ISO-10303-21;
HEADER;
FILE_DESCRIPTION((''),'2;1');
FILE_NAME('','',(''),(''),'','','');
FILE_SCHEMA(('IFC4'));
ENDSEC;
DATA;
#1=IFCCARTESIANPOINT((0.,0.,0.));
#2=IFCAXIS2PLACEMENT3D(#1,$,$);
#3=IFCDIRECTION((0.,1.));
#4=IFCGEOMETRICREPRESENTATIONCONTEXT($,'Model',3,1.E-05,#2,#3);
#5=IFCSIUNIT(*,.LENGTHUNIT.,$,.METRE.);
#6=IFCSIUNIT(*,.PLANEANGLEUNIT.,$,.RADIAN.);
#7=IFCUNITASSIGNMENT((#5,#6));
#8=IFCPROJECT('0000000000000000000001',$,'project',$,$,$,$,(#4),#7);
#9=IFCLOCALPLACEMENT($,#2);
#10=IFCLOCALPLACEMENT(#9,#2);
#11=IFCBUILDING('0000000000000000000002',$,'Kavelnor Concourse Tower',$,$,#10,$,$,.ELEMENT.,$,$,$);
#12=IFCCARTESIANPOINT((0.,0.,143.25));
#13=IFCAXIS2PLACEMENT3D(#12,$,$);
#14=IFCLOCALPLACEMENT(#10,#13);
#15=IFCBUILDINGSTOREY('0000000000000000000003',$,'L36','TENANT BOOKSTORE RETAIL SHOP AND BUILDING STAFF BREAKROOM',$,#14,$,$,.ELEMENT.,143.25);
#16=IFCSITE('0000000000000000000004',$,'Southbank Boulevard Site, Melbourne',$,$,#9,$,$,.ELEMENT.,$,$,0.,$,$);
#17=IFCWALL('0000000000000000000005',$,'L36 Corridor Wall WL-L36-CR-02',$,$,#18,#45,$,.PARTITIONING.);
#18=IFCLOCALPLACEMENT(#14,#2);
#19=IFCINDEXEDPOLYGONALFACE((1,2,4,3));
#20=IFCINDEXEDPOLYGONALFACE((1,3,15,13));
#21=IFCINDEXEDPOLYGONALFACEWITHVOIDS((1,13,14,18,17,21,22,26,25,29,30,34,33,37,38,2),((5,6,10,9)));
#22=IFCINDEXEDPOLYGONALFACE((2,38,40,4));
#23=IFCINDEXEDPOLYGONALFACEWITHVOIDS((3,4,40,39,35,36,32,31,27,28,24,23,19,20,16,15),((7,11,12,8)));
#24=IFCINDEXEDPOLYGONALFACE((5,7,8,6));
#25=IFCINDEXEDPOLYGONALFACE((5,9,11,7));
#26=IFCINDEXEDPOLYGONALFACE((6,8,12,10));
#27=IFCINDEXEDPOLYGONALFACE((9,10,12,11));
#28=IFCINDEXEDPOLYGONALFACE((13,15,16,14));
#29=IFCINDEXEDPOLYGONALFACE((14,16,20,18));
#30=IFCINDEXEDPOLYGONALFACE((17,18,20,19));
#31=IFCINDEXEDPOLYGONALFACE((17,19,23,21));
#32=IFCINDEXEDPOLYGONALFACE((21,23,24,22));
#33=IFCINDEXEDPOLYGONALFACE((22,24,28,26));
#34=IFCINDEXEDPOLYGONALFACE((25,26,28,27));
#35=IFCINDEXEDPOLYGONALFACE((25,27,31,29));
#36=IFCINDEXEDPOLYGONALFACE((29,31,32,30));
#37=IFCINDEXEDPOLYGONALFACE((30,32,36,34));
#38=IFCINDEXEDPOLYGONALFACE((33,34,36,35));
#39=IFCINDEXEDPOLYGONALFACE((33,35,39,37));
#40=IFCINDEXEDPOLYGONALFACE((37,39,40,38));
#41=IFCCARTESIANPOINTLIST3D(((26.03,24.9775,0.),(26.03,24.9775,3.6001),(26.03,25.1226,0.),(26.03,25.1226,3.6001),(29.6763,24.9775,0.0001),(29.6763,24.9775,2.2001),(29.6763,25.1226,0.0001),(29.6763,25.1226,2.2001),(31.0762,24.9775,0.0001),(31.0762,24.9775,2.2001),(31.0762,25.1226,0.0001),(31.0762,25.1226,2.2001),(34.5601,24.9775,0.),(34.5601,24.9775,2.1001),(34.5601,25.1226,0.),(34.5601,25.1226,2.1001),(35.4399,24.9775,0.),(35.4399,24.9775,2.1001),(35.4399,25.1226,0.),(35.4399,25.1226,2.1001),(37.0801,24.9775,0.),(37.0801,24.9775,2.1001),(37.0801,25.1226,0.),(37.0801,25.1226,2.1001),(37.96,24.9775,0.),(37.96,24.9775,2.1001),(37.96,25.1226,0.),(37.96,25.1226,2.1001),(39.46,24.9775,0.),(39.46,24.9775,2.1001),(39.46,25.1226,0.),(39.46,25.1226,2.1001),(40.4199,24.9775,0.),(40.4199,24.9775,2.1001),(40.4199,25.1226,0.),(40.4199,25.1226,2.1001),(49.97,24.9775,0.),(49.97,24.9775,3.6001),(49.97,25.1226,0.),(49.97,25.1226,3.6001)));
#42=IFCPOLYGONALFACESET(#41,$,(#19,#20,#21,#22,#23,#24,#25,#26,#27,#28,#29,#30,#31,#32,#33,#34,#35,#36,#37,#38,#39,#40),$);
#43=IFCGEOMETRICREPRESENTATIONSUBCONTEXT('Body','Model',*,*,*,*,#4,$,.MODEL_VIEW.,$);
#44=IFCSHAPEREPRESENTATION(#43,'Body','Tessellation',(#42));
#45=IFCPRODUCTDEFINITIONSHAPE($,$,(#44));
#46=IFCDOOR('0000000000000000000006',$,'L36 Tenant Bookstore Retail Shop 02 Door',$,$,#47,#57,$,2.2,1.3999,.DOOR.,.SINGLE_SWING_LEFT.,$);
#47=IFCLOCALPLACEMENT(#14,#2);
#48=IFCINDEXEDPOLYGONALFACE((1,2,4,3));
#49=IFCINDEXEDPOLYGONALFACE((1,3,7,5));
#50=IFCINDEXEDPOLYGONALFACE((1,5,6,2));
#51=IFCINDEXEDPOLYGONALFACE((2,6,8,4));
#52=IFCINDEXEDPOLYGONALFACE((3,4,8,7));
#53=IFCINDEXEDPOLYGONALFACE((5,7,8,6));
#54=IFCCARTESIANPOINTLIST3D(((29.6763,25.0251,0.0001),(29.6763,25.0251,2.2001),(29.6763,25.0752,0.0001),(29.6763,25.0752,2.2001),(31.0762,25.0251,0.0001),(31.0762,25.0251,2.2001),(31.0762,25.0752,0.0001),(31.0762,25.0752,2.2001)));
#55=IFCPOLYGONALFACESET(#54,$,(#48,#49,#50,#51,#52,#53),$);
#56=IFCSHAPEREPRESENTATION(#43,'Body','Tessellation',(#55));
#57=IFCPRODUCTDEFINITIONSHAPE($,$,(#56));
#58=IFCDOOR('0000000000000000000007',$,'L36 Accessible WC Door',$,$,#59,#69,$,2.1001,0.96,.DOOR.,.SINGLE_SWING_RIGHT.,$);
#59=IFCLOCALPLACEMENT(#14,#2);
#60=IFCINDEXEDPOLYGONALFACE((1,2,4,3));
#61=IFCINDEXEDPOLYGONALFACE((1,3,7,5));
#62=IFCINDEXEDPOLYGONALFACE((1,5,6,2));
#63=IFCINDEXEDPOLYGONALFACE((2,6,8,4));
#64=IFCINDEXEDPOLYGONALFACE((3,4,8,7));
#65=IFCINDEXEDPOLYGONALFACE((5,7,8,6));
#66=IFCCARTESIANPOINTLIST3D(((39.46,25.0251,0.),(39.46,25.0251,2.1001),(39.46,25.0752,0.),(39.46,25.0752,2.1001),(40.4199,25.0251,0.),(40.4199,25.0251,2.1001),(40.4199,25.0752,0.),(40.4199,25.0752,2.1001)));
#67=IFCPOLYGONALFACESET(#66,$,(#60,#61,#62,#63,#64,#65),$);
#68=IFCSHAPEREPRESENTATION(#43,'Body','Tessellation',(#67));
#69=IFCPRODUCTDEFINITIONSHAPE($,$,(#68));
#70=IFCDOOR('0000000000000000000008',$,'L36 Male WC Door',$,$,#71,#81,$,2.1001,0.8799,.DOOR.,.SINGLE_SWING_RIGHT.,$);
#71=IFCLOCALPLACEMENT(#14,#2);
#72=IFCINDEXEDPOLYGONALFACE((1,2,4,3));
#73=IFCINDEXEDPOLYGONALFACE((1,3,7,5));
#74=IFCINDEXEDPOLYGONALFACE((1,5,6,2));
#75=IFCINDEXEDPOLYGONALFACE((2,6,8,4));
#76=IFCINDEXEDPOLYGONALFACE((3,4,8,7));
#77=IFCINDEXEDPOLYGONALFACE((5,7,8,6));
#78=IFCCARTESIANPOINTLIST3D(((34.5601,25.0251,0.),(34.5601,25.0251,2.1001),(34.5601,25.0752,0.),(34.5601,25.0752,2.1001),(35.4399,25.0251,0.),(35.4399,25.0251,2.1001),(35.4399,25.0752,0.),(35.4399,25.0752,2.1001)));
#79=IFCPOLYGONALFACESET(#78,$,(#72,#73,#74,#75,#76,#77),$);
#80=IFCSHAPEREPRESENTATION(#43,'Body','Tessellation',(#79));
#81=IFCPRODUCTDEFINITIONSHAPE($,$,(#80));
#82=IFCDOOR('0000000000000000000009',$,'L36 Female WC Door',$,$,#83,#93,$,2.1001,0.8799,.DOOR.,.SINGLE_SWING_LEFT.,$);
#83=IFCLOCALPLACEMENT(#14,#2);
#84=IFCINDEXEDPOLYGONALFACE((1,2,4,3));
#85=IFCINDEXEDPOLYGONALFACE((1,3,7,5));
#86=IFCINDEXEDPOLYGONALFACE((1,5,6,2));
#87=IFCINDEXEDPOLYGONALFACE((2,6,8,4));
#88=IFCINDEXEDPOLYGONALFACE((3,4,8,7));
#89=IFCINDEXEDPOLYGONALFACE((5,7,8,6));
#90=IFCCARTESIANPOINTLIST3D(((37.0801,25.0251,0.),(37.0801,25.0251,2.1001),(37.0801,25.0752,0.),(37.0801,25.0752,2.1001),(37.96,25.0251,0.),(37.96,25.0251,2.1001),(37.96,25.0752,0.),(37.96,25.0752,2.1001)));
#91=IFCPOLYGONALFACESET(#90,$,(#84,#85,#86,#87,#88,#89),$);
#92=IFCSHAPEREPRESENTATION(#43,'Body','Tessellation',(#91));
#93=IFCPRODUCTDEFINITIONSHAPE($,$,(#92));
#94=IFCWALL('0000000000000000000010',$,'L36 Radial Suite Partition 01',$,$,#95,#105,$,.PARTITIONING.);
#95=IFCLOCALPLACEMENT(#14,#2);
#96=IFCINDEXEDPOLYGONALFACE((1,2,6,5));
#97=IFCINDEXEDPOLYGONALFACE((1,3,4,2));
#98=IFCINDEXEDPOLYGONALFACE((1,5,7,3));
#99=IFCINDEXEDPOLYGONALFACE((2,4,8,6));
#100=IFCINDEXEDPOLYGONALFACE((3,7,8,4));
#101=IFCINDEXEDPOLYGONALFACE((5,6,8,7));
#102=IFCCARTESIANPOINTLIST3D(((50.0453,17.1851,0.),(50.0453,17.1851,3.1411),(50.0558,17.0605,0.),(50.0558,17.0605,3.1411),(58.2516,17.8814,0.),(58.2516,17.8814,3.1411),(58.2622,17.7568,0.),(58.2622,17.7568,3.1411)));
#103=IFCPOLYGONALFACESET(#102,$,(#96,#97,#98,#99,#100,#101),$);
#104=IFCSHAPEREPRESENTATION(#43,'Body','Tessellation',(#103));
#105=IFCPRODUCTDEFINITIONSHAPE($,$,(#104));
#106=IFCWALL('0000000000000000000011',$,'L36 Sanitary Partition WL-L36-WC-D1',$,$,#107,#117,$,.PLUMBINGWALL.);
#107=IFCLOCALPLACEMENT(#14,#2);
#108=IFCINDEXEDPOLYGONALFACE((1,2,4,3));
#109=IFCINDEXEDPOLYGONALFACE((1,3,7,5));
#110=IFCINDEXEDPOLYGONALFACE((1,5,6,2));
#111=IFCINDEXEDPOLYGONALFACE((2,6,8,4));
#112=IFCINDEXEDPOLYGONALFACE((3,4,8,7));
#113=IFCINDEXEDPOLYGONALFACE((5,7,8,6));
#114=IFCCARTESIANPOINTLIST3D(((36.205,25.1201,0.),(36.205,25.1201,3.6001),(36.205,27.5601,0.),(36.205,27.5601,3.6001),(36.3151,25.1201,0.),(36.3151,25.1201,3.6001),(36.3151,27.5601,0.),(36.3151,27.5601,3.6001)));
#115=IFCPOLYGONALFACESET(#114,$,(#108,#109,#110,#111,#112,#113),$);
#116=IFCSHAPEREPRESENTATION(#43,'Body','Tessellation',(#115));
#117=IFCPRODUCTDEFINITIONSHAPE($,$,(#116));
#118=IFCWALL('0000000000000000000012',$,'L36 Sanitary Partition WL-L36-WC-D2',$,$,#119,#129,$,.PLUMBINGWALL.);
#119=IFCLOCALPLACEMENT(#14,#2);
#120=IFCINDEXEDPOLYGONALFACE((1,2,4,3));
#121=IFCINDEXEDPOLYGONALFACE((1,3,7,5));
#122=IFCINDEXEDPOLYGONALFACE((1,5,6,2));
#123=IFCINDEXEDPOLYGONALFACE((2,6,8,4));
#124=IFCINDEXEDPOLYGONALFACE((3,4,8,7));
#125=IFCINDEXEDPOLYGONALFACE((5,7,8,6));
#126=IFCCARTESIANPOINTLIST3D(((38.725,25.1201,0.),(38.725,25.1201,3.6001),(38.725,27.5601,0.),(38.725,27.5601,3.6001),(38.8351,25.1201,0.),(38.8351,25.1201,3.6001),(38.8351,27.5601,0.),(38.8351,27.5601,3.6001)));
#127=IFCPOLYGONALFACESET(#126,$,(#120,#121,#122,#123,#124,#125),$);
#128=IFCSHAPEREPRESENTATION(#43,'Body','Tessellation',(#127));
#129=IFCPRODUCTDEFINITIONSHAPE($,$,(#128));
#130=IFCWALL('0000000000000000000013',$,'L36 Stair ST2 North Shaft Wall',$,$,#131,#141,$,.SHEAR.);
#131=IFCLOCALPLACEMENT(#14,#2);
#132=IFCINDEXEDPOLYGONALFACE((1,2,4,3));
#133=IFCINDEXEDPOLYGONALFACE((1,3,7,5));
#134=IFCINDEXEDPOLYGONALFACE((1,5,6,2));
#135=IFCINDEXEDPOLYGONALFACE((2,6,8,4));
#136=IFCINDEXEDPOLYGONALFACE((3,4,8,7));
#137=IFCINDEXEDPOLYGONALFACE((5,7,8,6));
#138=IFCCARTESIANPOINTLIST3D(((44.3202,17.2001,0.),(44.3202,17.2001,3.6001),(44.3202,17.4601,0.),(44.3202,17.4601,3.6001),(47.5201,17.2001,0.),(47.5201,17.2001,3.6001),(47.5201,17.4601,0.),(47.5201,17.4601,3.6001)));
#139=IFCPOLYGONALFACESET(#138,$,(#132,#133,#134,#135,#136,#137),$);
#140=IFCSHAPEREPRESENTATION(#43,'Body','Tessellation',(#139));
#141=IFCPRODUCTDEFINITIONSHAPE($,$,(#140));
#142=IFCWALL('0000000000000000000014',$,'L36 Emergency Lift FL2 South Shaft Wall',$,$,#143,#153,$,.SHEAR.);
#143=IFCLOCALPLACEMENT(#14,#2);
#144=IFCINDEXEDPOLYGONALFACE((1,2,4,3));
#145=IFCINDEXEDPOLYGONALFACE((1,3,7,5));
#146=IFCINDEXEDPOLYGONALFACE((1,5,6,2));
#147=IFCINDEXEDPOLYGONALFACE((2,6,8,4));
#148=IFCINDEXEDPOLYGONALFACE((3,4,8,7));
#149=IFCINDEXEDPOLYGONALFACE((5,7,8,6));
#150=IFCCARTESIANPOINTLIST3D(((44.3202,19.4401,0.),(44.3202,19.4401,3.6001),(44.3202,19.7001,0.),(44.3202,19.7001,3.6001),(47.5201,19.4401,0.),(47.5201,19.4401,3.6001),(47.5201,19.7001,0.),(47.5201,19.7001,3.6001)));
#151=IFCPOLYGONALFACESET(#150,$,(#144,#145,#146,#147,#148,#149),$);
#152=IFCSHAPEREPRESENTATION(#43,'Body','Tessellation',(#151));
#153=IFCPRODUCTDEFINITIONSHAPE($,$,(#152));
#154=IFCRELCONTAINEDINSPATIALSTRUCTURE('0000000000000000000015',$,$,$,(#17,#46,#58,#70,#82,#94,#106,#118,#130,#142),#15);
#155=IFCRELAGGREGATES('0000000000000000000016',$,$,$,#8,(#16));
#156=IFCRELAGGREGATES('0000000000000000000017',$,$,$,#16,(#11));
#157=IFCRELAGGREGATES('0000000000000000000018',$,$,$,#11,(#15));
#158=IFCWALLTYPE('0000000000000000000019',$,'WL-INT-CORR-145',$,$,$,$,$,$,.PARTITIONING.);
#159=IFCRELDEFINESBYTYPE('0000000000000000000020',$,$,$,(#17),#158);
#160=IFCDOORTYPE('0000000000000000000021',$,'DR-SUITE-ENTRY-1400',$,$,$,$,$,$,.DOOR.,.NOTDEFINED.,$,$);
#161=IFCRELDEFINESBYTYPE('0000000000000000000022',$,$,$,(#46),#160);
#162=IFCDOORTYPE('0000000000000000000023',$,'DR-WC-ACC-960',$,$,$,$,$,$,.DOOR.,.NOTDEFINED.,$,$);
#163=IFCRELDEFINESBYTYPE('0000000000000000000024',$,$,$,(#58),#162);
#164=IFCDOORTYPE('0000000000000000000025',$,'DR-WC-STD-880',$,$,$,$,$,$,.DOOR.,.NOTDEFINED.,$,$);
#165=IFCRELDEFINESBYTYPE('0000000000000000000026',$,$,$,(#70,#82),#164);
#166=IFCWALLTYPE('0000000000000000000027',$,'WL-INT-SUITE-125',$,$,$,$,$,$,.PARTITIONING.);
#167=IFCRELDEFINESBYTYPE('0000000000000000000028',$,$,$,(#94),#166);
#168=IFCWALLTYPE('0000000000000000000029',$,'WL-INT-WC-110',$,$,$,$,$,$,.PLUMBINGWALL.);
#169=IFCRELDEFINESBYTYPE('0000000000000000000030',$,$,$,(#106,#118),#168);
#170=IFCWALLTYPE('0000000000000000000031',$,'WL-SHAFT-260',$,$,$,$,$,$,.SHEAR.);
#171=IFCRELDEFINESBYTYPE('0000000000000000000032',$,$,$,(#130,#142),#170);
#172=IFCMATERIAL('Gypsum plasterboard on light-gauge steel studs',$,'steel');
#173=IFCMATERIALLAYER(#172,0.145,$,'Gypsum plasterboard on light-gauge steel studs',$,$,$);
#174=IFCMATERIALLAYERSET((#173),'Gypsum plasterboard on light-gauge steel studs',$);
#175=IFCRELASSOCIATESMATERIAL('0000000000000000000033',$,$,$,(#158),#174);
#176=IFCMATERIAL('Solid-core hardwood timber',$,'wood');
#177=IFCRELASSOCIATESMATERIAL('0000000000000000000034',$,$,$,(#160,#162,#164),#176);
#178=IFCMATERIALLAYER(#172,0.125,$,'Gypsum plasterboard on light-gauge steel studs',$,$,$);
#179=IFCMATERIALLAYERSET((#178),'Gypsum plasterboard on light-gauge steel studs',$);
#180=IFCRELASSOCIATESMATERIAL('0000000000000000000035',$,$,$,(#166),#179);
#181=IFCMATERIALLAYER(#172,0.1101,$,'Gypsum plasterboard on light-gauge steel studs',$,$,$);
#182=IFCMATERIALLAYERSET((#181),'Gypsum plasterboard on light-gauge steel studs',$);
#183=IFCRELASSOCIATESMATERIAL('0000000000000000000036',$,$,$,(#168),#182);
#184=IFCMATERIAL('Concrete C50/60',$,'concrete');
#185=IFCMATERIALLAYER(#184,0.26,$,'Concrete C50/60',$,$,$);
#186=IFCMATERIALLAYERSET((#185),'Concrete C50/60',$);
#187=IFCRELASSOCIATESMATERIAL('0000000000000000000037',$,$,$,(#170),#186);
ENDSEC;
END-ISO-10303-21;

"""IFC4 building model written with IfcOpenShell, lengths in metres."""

from ifc_helpers import new_model, si_unit, direction, frame, frame_2d, origin, place, context, subcontext, project, spatial, rectangle, extrude, material, layer, layer_set, type_object, element, fill, save


model = new_model("IFC4")

# Units and contexts
model_context = context("Model", 3, precision=1e-05, world=origin(), true_north=direction((0.0, 1.0)))
body_context = subcontext(model_context, "Body", "Model", "MODEL_VIEW")
ifc_project = project(units=[si_unit("LENGTHUNIT", "METRE"), si_unit("PLANEANGLEUNIT", "RADIAN")], contexts=[model_context])

# Site, building, storey
site_placement = place(None, origin())
site = spatial("IfcSite", under=ifc_project, at=site_placement, Name="Southbank Boulevard Site, Melbourne", CompositionType="ELEMENT", RefElevation=0.0)
building_placement = place(site_placement, origin())
building = spatial("IfcBuilding", under=site, at=building_placement, Name="Kavelnor Concourse Tower", CompositionType="ELEMENT")
storey_placement = place(building_placement, frame((0.0, 0.0, 143.25)))
storey = spatial("IfcBuildingStorey", under=building, at=storey_placement, Name="L36", Description="TENANT BOOKSTORE RETAIL SHOP AND BUILDING STAFF BREAKROOM", CompositionType="ELEMENT", Elevation=143.25)

# Wall, openings, doors
ifc_material_1 = material(Name="Gypsum plasterboard on light-gauge steel studs", Category="steel")
ifc_layer_1 = layer(ifc_material_1, 0.145, Name="Gypsum plasterboard on light-gauge steel studs")
ifc_layer_set_1 = layer_set([ifc_layer_1], Name="Gypsum plasterboard on light-gauge steel studs")
wall_type_1 = type_object("IfcWallType", Name="WL-INT-CORR-145", PredefinedType="PARTITIONING", material=ifc_layer_set_1)
wall_1_placement = place(storey_placement, frame((49.97, 25.05, 0.0), z_axis=(0.0, 0.0, 1.0), x_axis=(-1.0, 0.0, 0.0)))
wall_1 = element("IfcWall", 1, at=wall_1_placement, inside=storey, type_object=wall_type_1, Name="L36 Corridor Wall WL-L36-CR-02", PredefinedType="PARTITIONING", context=body_context, shape_type="SweptSolid", body=[
    extrude(rectangle(XDim=23.9399, YDim=0.145, at=frame_2d((11.97, 0.0))), origin(), (0.0, 0.0, 1.0), 3.6001),
])
opening_1_placement = place(wall_1_placement, frame((14.53, 0.0, 0.0)))
opening_1 = element("IfcOpeningElement", 2, at=opening_1_placement, cuts=wall_1, PredefinedType="OPENING", context=body_context, shape_type="SweptSolid", body=[
    extrude(rectangle(XDim=0.8799, YDim=2.1001, at=frame_2d((0.4399, 1.05))), frame((0.0, 0.0825, 0.0), z_axis=(0.0, -1.0, 0.0), x_axis=(1.0, 0.0, 0.0)), (0.0, 0.0, 1.0), 0.165),
])
opening_2_placement = place(wall_1_placement, frame((12.01, 0.0, 0.0)))
opening_2 = element("IfcOpeningElement", 3, at=opening_2_placement, cuts=wall_1, PredefinedType="OPENING", context=body_context, shape_type="SweptSolid", body=[
    extrude(rectangle(XDim=0.8799, YDim=2.1001, at=frame_2d((0.4399, 1.05))), frame((0.0, 0.0825, 0.0), z_axis=(0.0, -1.0, 0.0), x_axis=(1.0, 0.0, 0.0)), (0.0, 0.0, 1.0), 0.165),
])
opening_3_placement = place(wall_1_placement, frame((9.55, 0.0, 0.0)))
opening_3 = element("IfcOpeningElement", 4, at=opening_3_placement, cuts=wall_1, PredefinedType="OPENING", context=body_context, shape_type="SweptSolid", body=[
    extrude(rectangle(XDim=0.96, YDim=2.1001, at=frame_2d((0.48, 1.05))), frame((0.0, 0.0825, 0.0), z_axis=(0.0, -1.0, 0.0), x_axis=(1.0, 0.0, 0.0)), (0.0, 0.0, 1.0), 0.165),
])
opening_4_placement = place(wall_1_placement, frame((18.8938, 0.0, 0.0)))
opening_4 = element("IfcOpeningElement", 5, at=opening_4_placement, cuts=wall_1, PredefinedType="OPENING", context=body_context, shape_type="SweptSolid", body=[
    extrude(rectangle(XDim=1.3999, YDim=2.2, at=frame_2d((0.7, 1.1001))), frame((0.0, 0.0825, 0.0), z_axis=(0.0, -1.0, 0.0), x_axis=(1.0, 0.0, 0.0)), (0.0, 0.0, 1.0), 0.165),
])
ifc_material_2 = material(Name="Solid-core hardwood timber", Category="wood")
door_type_1 = type_object("IfcDoorType", Name="DR-SUITE-ENTRY-1400", OperationType="NOTDEFINED", PredefinedType="DOOR", material=ifc_material_2)
door_1_placement = place(opening_4_placement, origin())
door_1 = element("IfcDoor", 6, at=door_1_placement, inside=storey, type_object=door_type_1, Name="L36 Tenant Bookstore Retail Shop 02 Door", OperationType="SINGLE_SWING_LEFT", OverallHeight=2.2, OverallWidth=1.3999, PredefinedType="DOOR", context=body_context, shape_type="SweptSolid", body=[
    extrude(rectangle(XDim=1.3999, YDim=2.2, at=frame_2d((0.7, 1.1001))), frame((0.0, 0.0249, 0.0), z_axis=(0.0, -1.0, 0.0), x_axis=(1.0, 0.0, 0.0)), (0.0, 0.0, 1.0), 0.05),
])
fill(opening_4, door_1)
door_type_2 = type_object("IfcDoorType", Name="DR-WC-ACC-960", OperationType="NOTDEFINED", PredefinedType="DOOR", material=ifc_material_2)
door_2_placement = place(opening_3_placement, origin())
door_2 = element("IfcDoor", 7, at=door_2_placement, inside=storey, type_object=door_type_2, Name="L36 Accessible WC Door", OperationType="SINGLE_SWING_RIGHT", OverallHeight=2.1001, OverallWidth=0.96, PredefinedType="DOOR", context=body_context, shape_type="SweptSolid", body=[
    extrude(rectangle(XDim=0.96, YDim=2.1001, at=frame_2d((0.48, 1.05))), frame((0.0, 0.0249, 0.0), z_axis=(0.0, -1.0, 0.0), x_axis=(1.0, 0.0, 0.0)), (0.0, 0.0, 1.0), 0.05),
])
fill(opening_3, door_2)
door_type_3 = type_object("IfcDoorType", Name="DR-WC-STD-880", OperationType="NOTDEFINED", PredefinedType="DOOR", material=ifc_material_2)
door_3_placement = place(opening_1_placement, origin())
door_3 = element("IfcDoor", 8, at=door_3_placement, inside=storey, type_object=door_type_3, Name="L36 Male WC Door", OperationType="SINGLE_SWING_RIGHT", OverallHeight=2.1001, OverallWidth=0.8799, PredefinedType="DOOR", context=body_context, shape_type="SweptSolid", body=[
    extrude(rectangle(XDim=0.8799, YDim=2.1001, at=frame_2d((0.4399, 1.05))), frame((0.0, 0.0249, 0.0), z_axis=(0.0, -1.0, 0.0), x_axis=(1.0, 0.0, 0.0)), (0.0, 0.0, 1.0), 0.05),
])
fill(opening_1, door_3)
door_4_placement = place(opening_2_placement, origin())
door_4 = element("IfcDoor", 9, at=door_4_placement, inside=storey, type_object=door_type_3, Name="L36 Female WC Door", OperationType="SINGLE_SWING_LEFT", OverallHeight=2.1001, OverallWidth=0.8799, PredefinedType="DOOR", context=body_context, shape_type="SweptSolid", body=[
    extrude(rectangle(XDim=0.8799, YDim=2.1001, at=frame_2d((0.4399, 1.05))), frame((0.0, 0.0249, 0.0), z_axis=(0.0, -1.0, 0.0), x_axis=(1.0, 0.0, 0.0)), (0.0, 0.0, 1.0), 0.05),
])
fill(opening_2, door_4)

# Walls
ifc_layer_2 = layer(ifc_material_1, 0.125, Name="Gypsum plasterboard on light-gauge steel studs")
ifc_layer_set_2 = layer_set([ifc_layer_2], Name="Gypsum plasterboard on light-gauge steel studs")
wall_type_2 = type_object("IfcWallType", Name="WL-INT-SUITE-125", PredefinedType="PARTITIONING", material=ifc_layer_set_2)
wall_2_placement = place(storey_placement, frame((50.0505, 17.1228, 0.0), z_axis=(0.0, 0.0, 1.0), x_axis=(0.99642, 0.084544, 0.0)))
element("IfcWall", 10, at=wall_2_placement, inside=storey, type_object=wall_type_2, Name="L36 Radial Suite Partition 01", PredefinedType="PARTITIONING", context=body_context, shape_type="SweptSolid", body=[
    extrude(rectangle(XDim=8.2358, YDim=0.125, at=frame_2d((4.1179, 0.0))), origin(), (0.0, 0.0, 1.0), 3.1411),
])
ifc_layer_3 = layer(ifc_material_1, 0.1101, Name="Gypsum plasterboard on light-gauge steel studs")
ifc_layer_set_3 = layer_set([ifc_layer_3], Name="Gypsum plasterboard on light-gauge steel studs")
wall_type_3 = type_object("IfcWallType", Name="WL-INT-WC-110", PredefinedType="PLUMBINGWALL", material=ifc_layer_set_3)
for number, where, z_axis, x_axis, name in (
    (11, (36.26, 25.1201, 0.0), (0.0, 0.0, 1.0), (0.0, 1.0, 0.0), "L36 Sanitary Partition WL-L36-WC-D1"),
    (12, (38.78, 25.1201, 0.0), (0.0, 0.0, 1.0), (0.0, 1.0, 0.0), "L36 Sanitary Partition WL-L36-WC-D2"),
):
    element("IfcWall", number, at=place(storey_placement, frame(where, z_axis=z_axis, x_axis=x_axis)), inside=storey, type_object=wall_type_3, Name=name, PredefinedType="PLUMBINGWALL", context=body_context, shape_type="SweptSolid", body=[
        extrude(rectangle(XDim=2.4399, YDim=0.1101, at=frame_2d((1.22, 0.0))), origin(), (0.0, 0.0, 1.0), 3.6001),
    ])
ifc_material_3 = material(Name="Concrete C50/60", Category="concrete")
ifc_layer_4 = layer(ifc_material_3, 0.26, Name="Concrete C50/60")
ifc_layer_set_4 = layer_set([ifc_layer_4], Name="Concrete C50/60")
wall_type_4 = type_object("IfcWallType", Name="WL-SHAFT-260", PredefinedType="SHEAR", material=ifc_layer_set_4)
for number, where, z_axis, x_axis, name in (
    (13, (44.3201, 17.3301, 0.0), (0.0, 0.0, 1.0), (1.0, 0.0, 0.0), "L36 Stair ST2 North Shaft Wall"),
    (14, (44.3201, 19.5701, 0.0), (0.0, 0.0, 1.0), (1.0, 0.0, 0.0), "L36 Emergency Lift FL2 South Shaft Wall"),
):
    element("IfcWall", number, at=place(storey_placement, frame(where, z_axis=z_axis, x_axis=x_axis)), inside=storey, type_object=wall_type_4, Name=name, PredefinedType="SHEAR", context=body_context, shape_type="SweptSolid", body=[
        extrude(rectangle(XDim=3.2, YDim=0.26, at=frame_2d((1.6001, 0.0))), origin(), (0.0, 0.0, 1.0), 3.6001),
    ])

save(model, "model.ifc")
